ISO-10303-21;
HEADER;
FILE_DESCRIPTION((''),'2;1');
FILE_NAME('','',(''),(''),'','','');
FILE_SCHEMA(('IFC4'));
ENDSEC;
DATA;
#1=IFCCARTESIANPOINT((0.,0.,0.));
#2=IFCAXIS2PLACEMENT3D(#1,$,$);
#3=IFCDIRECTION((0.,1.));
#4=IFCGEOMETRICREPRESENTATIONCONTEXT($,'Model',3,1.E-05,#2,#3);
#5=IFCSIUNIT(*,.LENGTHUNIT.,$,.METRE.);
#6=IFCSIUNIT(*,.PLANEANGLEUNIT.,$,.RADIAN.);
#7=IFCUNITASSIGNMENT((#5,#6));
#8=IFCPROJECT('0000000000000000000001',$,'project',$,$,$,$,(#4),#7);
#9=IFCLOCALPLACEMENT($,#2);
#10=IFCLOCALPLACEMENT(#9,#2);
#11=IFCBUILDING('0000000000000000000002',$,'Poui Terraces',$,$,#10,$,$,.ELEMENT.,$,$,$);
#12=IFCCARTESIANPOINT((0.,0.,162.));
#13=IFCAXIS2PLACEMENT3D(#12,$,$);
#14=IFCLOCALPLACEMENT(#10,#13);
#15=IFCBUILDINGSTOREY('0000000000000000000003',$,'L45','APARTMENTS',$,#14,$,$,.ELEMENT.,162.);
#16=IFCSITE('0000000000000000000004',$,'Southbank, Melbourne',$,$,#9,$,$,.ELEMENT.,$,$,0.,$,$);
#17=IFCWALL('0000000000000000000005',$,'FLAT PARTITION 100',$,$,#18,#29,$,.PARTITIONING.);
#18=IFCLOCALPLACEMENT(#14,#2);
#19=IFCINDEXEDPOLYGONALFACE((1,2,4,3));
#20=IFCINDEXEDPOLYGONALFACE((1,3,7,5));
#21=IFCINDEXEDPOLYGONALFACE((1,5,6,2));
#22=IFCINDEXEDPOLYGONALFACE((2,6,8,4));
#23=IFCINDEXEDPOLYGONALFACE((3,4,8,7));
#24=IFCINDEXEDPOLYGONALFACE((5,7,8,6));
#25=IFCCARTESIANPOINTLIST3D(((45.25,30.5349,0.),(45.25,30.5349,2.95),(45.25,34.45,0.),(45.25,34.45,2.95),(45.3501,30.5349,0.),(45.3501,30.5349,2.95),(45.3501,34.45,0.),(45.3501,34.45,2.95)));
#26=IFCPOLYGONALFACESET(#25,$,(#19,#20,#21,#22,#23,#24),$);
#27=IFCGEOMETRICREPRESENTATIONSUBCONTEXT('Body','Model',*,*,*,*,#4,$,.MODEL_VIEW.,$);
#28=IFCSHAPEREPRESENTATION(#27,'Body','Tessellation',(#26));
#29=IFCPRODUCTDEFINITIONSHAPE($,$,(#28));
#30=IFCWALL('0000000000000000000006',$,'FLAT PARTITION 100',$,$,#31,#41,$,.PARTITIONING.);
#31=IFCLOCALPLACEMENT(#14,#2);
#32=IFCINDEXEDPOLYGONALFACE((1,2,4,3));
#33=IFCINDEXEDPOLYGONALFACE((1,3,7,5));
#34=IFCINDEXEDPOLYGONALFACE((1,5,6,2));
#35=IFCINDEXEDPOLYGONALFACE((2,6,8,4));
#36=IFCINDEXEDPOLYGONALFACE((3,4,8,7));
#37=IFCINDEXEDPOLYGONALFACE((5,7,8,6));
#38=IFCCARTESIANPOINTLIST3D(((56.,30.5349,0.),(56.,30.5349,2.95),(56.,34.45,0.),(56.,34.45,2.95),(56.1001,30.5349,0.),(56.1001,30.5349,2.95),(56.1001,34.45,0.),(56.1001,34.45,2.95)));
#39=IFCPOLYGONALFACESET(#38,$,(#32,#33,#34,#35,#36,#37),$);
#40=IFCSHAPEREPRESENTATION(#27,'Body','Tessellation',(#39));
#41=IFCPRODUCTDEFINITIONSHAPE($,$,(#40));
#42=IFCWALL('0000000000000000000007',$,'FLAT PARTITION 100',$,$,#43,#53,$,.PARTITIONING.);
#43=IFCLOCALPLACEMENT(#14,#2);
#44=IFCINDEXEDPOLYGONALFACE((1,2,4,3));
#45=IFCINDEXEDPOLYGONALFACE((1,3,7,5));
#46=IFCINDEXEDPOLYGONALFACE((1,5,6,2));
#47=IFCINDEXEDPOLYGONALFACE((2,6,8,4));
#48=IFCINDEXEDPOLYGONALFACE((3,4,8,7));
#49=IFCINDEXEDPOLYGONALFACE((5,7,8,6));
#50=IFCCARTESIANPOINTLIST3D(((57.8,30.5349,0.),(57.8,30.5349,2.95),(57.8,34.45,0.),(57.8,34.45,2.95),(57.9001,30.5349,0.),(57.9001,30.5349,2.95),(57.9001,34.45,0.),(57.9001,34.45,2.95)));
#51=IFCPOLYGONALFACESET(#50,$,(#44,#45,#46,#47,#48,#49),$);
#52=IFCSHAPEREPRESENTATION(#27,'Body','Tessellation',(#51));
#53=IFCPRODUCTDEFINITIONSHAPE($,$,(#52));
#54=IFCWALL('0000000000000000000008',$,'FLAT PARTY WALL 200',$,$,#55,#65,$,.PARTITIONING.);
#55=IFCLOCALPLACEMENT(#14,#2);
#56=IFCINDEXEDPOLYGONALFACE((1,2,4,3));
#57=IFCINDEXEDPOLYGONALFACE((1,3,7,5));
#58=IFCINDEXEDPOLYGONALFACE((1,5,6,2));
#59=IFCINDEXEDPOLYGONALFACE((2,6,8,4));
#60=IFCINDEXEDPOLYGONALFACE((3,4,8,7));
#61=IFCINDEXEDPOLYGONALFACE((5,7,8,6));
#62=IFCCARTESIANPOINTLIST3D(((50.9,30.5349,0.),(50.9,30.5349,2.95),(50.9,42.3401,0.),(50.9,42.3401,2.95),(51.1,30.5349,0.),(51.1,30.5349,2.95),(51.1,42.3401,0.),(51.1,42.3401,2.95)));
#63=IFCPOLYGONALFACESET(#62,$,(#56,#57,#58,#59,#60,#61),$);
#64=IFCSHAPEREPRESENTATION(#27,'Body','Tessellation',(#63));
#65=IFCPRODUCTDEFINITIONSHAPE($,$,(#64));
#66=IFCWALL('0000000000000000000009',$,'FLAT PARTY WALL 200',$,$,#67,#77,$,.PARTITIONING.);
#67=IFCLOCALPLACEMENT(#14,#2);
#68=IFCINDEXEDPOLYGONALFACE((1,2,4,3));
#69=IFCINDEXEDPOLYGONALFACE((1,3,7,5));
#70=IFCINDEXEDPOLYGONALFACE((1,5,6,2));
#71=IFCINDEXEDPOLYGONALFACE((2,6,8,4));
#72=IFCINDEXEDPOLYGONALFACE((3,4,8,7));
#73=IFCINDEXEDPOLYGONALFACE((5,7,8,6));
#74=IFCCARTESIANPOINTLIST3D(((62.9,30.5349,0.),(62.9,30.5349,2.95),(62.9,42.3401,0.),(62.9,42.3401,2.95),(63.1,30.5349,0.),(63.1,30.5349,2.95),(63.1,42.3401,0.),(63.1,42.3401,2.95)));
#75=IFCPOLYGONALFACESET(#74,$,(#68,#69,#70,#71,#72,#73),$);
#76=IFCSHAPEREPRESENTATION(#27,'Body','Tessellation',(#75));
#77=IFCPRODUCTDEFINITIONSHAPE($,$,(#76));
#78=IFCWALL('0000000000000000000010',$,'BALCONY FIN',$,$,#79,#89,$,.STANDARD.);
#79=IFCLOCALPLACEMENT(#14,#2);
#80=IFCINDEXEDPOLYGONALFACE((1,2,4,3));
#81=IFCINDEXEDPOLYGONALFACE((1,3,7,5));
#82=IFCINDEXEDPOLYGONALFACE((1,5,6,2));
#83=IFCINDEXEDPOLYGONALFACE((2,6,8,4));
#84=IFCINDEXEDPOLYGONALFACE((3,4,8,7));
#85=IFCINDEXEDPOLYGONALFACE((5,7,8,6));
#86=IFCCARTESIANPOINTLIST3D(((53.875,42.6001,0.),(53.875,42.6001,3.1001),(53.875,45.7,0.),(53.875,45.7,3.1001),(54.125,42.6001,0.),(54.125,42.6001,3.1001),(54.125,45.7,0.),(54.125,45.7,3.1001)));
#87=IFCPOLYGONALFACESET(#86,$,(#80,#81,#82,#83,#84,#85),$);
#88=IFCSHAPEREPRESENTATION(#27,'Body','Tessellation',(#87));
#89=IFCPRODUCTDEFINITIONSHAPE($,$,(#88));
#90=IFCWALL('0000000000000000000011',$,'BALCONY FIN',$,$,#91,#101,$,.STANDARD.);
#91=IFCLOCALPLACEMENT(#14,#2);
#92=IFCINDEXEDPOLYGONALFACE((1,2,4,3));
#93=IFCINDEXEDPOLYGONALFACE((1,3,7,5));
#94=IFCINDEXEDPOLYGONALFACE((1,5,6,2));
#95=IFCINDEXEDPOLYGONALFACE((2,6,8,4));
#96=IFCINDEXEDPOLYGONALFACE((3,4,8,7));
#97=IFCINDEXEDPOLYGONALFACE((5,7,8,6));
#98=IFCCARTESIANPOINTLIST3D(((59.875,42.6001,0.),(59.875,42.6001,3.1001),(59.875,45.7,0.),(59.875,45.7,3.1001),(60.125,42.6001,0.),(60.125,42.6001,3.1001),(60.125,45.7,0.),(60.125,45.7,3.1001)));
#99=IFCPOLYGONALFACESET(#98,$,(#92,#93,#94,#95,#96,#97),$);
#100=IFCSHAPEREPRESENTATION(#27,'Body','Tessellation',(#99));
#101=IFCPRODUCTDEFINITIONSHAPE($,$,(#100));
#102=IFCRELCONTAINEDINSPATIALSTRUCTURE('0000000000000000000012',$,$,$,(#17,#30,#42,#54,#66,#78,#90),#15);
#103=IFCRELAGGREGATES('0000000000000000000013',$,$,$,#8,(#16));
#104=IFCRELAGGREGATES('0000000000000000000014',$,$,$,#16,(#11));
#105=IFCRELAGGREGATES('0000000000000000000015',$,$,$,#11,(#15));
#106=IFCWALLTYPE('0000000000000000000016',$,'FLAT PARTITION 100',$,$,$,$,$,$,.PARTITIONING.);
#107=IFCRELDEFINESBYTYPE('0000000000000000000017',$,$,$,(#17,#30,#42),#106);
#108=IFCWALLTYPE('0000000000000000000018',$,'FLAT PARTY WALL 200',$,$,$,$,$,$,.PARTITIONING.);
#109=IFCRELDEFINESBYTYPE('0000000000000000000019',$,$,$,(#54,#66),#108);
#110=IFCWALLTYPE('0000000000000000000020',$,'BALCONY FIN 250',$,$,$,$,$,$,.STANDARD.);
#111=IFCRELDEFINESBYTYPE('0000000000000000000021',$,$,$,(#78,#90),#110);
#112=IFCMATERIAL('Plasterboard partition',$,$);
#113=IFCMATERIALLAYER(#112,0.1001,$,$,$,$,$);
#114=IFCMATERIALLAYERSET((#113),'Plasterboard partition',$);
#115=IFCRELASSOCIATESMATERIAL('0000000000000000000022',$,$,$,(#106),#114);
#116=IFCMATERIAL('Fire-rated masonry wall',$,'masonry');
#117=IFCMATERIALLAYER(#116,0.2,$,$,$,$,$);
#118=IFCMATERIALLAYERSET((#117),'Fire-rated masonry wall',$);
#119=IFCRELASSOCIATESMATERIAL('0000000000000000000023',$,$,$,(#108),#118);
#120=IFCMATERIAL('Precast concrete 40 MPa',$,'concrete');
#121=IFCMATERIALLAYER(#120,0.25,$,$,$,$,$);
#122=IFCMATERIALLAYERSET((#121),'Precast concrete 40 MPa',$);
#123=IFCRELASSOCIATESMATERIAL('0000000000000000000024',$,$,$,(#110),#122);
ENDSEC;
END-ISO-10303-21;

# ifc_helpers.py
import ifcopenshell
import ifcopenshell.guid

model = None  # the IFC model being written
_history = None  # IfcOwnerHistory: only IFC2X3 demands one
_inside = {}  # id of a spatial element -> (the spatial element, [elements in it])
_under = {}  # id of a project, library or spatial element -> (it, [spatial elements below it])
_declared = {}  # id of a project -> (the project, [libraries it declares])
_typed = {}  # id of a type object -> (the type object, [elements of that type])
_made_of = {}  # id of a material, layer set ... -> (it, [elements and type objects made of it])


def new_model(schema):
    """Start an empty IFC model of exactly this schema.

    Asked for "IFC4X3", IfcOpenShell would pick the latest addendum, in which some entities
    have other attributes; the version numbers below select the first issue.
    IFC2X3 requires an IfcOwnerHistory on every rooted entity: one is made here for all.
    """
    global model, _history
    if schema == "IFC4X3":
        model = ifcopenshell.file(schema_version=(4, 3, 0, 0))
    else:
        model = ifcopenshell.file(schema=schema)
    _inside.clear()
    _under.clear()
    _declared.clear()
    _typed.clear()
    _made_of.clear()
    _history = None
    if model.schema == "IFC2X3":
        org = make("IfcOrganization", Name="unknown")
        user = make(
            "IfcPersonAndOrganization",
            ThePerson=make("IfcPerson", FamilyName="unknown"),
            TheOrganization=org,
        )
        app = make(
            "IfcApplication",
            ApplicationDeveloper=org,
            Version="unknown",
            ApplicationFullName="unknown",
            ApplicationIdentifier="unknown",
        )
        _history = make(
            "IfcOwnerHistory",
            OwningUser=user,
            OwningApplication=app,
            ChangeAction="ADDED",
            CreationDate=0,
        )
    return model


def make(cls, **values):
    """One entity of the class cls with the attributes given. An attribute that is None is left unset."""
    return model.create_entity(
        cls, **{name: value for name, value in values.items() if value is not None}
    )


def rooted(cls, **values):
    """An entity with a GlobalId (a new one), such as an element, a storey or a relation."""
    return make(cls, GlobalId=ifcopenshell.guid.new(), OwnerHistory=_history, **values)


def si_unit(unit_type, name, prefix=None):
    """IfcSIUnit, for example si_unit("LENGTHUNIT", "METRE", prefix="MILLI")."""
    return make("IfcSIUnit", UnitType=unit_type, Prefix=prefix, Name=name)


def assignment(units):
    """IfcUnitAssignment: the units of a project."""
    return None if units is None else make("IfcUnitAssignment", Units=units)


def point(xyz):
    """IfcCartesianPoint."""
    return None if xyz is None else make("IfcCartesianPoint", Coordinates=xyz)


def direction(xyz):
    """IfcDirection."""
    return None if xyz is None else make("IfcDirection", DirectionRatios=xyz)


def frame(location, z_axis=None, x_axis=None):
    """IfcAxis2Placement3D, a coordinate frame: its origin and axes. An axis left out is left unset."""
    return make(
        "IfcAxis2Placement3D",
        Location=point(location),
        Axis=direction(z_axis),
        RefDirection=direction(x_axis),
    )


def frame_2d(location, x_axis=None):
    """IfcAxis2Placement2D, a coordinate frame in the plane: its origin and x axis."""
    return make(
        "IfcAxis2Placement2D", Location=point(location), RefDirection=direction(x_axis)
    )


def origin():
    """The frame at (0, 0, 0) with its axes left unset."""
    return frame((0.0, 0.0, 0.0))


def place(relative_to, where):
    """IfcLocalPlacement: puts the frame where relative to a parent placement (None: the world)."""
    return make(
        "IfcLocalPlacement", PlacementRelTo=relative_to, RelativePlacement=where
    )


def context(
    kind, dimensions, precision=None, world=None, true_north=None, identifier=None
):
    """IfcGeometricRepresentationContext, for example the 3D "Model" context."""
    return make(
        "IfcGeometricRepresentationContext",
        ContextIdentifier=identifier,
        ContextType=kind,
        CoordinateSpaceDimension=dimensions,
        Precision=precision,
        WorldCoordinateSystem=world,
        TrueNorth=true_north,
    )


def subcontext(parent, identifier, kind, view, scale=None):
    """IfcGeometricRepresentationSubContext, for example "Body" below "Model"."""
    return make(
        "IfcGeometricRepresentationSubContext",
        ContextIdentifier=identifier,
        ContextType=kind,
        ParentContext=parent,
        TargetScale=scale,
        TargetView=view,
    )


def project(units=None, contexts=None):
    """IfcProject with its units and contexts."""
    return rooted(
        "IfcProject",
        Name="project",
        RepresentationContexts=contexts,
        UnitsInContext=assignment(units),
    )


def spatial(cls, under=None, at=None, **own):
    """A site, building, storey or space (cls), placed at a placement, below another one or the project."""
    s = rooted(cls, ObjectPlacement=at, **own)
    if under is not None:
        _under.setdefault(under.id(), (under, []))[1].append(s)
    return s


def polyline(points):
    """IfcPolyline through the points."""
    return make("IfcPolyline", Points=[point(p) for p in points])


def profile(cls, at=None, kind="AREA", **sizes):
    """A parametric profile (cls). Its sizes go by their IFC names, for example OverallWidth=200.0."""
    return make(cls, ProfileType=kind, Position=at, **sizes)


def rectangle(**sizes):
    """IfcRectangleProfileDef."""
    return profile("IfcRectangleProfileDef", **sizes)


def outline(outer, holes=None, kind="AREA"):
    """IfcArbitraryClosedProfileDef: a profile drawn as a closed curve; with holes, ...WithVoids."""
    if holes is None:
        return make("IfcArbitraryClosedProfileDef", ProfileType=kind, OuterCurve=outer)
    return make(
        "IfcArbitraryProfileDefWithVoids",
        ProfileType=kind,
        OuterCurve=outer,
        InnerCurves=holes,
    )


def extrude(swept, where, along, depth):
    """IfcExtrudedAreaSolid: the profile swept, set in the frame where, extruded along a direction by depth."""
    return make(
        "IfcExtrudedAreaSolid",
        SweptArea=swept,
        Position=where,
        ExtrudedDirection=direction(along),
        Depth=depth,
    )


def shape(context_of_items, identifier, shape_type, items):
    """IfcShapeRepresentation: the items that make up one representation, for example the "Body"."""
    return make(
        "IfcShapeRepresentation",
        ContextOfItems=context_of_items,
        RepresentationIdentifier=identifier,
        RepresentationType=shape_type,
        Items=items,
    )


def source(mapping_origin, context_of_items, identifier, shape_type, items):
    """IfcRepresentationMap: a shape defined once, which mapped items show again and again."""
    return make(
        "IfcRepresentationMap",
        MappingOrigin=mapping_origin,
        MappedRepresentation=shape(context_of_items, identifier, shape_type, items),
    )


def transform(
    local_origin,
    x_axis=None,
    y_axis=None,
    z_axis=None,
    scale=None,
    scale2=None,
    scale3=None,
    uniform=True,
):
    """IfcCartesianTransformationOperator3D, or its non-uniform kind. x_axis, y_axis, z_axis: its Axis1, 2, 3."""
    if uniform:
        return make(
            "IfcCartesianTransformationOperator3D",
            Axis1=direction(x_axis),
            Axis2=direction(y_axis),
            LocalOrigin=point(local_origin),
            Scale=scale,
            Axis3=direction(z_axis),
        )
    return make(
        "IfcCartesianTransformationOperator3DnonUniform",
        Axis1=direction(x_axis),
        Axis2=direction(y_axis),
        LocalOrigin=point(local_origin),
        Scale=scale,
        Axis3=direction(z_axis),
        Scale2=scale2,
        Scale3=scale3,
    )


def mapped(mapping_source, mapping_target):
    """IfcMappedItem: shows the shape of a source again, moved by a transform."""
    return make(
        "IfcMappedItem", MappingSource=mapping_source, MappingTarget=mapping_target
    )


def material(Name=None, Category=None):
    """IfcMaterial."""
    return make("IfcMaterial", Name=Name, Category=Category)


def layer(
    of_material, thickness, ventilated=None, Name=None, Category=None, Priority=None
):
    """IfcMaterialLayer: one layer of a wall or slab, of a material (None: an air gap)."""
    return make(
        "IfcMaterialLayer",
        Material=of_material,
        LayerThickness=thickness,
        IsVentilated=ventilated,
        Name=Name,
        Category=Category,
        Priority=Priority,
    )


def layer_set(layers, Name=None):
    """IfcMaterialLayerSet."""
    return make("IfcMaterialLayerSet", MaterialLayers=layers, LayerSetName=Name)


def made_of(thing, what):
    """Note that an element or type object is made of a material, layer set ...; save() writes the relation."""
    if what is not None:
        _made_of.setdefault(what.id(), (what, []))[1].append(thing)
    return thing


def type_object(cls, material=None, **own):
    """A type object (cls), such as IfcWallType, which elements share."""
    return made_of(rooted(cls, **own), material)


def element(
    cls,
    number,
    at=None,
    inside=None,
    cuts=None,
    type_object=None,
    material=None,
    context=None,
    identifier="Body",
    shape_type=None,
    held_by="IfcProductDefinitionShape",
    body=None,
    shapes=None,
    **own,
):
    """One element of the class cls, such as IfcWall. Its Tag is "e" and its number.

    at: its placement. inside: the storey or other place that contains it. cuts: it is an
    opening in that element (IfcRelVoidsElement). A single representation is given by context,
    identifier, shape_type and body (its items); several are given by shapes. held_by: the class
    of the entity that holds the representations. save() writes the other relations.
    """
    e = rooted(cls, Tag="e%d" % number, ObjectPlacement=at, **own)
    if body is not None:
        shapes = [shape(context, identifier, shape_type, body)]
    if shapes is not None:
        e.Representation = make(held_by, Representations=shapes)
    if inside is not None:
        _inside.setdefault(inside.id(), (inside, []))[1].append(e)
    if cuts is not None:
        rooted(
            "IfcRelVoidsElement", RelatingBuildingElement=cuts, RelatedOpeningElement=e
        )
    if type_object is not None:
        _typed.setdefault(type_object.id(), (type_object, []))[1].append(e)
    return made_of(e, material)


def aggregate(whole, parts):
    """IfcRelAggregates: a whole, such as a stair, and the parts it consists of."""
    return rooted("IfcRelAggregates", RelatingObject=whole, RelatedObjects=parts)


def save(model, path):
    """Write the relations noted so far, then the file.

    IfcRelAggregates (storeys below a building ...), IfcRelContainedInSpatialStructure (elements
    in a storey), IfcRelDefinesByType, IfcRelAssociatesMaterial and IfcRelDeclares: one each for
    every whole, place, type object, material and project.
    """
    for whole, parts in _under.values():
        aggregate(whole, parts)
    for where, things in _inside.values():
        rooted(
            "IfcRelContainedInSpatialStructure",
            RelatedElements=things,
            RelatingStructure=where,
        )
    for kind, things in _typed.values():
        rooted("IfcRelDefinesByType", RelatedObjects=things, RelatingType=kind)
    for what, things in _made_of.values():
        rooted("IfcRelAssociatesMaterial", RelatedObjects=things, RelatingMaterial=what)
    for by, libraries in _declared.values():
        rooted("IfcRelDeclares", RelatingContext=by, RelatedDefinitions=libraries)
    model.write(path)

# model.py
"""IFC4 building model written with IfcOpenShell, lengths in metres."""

from ifc_helpers import new_model, si_unit, direction, frame, frame_2d, origin, place, context, subcontext, project, spatial, polyline, rectangle, outline, extrude, source, transform, mapped, material, layer, layer_set, type_object, element, save


model = new_model("IFC4")

# Units and contexts
model_context = context("Model", 3, precision=1e-05, world=origin(), true_north=direction((0.0, 1.0)))
body_context = subcontext(model_context, "Body", "Model", "MODEL_VIEW")
ifc_project = project(units=[si_unit("LENGTHUNIT", "METRE"), si_unit("PLANEANGLEUNIT", "RADIAN")], contexts=[model_context])

# Site, building, storey
site_placement = place(None, origin())
site = spatial("IfcSite", under=ifc_project, at=site_placement, Name="Southbank, Melbourne", CompositionType="ELEMENT", RefElevation=0.0)
building_placement = place(site_placement, origin())
building = spatial("IfcBuilding", under=site, at=building_placement, Name="Poui Terraces", CompositionType="ELEMENT")
storey_placement = place(building_placement, frame((0.0, 0.0, 162.0)))
storey = spatial("IfcBuildingStorey", under=building, at=storey_placement, Name="L45", Description="APARTMENTS", CompositionType="ELEMENT", Elevation=162.0)

# Shared definitions
ifc_material_1 = material(Name="Plasterboard partition")
ifc_layer_1 = layer(ifc_material_1, 0.1001)
ifc_layer_set_1 = layer_set([ifc_layer_1], Name="Plasterboard partition")
wall_type_1 = type_object("IfcWallType", Name="FLAT PARTITION 100", PredefinedType="PARTITIONING", material=ifc_layer_set_1)

# Walls
for number, where, z_axis, x_axis, name in (
    (1, (45.3, 30.5349, 0.0), (0.0, 0.0, 1.0), (0.0, 1.0, 0.0), "FLAT PARTITION 100"),
    (2, (56.05, 30.5349, 0.0), (0.0, 0.0, 1.0), (0.0, 1.0, 0.0), "FLAT PARTITION 100"),
    (3, (57.8501, 30.5349, 0.0), (0.0, 0.0, 1.0), (0.0, 1.0, 0.0), "FLAT PARTITION 100"),
):
    element("IfcWall", number, at=place(storey_placement, frame(where, z_axis=z_axis, x_axis=x_axis)), inside=storey, type_object=wall_type_1, Name=name, PredefinedType="PARTITIONING", context=body_context, shape_type="SweptSolid", body=[
        extrude(rectangle(XDim=3.915, YDim=0.1001, at=frame_2d((1.9575, 0.0))), origin(), (0.0, 0.0, 1.0), 2.95),
    ])
ifc_material_2 = material(Name="Fire-rated masonry wall", Category="masonry")
ifc_layer_2 = layer(ifc_material_2, 0.2)
ifc_layer_set_2 = layer_set([ifc_layer_2], Name="Fire-rated masonry wall")
wall_type_2 = type_object("IfcWallType", Name="FLAT PARTY WALL 200", PredefinedType="PARTITIONING", material=ifc_layer_set_2)
for number, where, z_axis, x_axis, name in (
    (4, (51.0, 30.5349, 0.0), (0.0, 0.0, 1.0), (0.0, 1.0, 0.0), "FLAT PARTY WALL 200"),
    (5, (63.0, 30.5349, 0.0), (0.0, 0.0, 1.0), (0.0, 1.0, 0.0), "FLAT PARTY WALL 200"),
):
    element("IfcWall", number, at=place(storey_placement, frame(where, z_axis=z_axis, x_axis=x_axis)), inside=storey, type_object=wall_type_2, Name=name, PredefinedType="PARTITIONING", context=body_context, shape_type="SweptSolid", body=[
        extrude(rectangle(XDim=11.8052, YDim=0.2, at=frame_2d((5.9026, 0.0))), origin(), (0.0, 0.0, 1.0), 2.95),
    ])
ifc_material_3 = material(Name="Precast concrete 40 MPa", Category="concrete")
ifc_layer_3 = layer(ifc_material_3, 0.25)
ifc_layer_set_3 = layer_set([ifc_layer_3], Name="Precast concrete 40 MPa")
wall_type_3 = type_object("IfcWallType", Name="BALCONY FIN 250", PredefinedType="STANDARD", material=ifc_layer_set_3)
shared_shape_1 = source(origin(), body_context, "Body", "SweptSolid", [
    extrude(outline(polyline([(0.0, 0.0), (0.25, 0.0), (0.25, 3.0999), (0.0, 3.0999), (0.0, 0.0)])), origin(), (0.0, 0.0, 1.0), 3.1001),
])
for number, where, name in (
    (6, (53.875, 42.6001, 0.0), "BALCONY FIN"),
    (7, (59.875, 42.6001, 0.0), "BALCONY FIN"),
):
    element("IfcWall", number, at=place(storey_placement, frame(where)), inside=storey, type_object=wall_type_3, Name=name, PredefinedType="STANDARD", context=body_context, shape_type="MappedRepresentation", body=[
        mapped(shared_shape_1, transform((0.0, 0.0, 0.0))),
    ])

save(model, "model.ifc")
